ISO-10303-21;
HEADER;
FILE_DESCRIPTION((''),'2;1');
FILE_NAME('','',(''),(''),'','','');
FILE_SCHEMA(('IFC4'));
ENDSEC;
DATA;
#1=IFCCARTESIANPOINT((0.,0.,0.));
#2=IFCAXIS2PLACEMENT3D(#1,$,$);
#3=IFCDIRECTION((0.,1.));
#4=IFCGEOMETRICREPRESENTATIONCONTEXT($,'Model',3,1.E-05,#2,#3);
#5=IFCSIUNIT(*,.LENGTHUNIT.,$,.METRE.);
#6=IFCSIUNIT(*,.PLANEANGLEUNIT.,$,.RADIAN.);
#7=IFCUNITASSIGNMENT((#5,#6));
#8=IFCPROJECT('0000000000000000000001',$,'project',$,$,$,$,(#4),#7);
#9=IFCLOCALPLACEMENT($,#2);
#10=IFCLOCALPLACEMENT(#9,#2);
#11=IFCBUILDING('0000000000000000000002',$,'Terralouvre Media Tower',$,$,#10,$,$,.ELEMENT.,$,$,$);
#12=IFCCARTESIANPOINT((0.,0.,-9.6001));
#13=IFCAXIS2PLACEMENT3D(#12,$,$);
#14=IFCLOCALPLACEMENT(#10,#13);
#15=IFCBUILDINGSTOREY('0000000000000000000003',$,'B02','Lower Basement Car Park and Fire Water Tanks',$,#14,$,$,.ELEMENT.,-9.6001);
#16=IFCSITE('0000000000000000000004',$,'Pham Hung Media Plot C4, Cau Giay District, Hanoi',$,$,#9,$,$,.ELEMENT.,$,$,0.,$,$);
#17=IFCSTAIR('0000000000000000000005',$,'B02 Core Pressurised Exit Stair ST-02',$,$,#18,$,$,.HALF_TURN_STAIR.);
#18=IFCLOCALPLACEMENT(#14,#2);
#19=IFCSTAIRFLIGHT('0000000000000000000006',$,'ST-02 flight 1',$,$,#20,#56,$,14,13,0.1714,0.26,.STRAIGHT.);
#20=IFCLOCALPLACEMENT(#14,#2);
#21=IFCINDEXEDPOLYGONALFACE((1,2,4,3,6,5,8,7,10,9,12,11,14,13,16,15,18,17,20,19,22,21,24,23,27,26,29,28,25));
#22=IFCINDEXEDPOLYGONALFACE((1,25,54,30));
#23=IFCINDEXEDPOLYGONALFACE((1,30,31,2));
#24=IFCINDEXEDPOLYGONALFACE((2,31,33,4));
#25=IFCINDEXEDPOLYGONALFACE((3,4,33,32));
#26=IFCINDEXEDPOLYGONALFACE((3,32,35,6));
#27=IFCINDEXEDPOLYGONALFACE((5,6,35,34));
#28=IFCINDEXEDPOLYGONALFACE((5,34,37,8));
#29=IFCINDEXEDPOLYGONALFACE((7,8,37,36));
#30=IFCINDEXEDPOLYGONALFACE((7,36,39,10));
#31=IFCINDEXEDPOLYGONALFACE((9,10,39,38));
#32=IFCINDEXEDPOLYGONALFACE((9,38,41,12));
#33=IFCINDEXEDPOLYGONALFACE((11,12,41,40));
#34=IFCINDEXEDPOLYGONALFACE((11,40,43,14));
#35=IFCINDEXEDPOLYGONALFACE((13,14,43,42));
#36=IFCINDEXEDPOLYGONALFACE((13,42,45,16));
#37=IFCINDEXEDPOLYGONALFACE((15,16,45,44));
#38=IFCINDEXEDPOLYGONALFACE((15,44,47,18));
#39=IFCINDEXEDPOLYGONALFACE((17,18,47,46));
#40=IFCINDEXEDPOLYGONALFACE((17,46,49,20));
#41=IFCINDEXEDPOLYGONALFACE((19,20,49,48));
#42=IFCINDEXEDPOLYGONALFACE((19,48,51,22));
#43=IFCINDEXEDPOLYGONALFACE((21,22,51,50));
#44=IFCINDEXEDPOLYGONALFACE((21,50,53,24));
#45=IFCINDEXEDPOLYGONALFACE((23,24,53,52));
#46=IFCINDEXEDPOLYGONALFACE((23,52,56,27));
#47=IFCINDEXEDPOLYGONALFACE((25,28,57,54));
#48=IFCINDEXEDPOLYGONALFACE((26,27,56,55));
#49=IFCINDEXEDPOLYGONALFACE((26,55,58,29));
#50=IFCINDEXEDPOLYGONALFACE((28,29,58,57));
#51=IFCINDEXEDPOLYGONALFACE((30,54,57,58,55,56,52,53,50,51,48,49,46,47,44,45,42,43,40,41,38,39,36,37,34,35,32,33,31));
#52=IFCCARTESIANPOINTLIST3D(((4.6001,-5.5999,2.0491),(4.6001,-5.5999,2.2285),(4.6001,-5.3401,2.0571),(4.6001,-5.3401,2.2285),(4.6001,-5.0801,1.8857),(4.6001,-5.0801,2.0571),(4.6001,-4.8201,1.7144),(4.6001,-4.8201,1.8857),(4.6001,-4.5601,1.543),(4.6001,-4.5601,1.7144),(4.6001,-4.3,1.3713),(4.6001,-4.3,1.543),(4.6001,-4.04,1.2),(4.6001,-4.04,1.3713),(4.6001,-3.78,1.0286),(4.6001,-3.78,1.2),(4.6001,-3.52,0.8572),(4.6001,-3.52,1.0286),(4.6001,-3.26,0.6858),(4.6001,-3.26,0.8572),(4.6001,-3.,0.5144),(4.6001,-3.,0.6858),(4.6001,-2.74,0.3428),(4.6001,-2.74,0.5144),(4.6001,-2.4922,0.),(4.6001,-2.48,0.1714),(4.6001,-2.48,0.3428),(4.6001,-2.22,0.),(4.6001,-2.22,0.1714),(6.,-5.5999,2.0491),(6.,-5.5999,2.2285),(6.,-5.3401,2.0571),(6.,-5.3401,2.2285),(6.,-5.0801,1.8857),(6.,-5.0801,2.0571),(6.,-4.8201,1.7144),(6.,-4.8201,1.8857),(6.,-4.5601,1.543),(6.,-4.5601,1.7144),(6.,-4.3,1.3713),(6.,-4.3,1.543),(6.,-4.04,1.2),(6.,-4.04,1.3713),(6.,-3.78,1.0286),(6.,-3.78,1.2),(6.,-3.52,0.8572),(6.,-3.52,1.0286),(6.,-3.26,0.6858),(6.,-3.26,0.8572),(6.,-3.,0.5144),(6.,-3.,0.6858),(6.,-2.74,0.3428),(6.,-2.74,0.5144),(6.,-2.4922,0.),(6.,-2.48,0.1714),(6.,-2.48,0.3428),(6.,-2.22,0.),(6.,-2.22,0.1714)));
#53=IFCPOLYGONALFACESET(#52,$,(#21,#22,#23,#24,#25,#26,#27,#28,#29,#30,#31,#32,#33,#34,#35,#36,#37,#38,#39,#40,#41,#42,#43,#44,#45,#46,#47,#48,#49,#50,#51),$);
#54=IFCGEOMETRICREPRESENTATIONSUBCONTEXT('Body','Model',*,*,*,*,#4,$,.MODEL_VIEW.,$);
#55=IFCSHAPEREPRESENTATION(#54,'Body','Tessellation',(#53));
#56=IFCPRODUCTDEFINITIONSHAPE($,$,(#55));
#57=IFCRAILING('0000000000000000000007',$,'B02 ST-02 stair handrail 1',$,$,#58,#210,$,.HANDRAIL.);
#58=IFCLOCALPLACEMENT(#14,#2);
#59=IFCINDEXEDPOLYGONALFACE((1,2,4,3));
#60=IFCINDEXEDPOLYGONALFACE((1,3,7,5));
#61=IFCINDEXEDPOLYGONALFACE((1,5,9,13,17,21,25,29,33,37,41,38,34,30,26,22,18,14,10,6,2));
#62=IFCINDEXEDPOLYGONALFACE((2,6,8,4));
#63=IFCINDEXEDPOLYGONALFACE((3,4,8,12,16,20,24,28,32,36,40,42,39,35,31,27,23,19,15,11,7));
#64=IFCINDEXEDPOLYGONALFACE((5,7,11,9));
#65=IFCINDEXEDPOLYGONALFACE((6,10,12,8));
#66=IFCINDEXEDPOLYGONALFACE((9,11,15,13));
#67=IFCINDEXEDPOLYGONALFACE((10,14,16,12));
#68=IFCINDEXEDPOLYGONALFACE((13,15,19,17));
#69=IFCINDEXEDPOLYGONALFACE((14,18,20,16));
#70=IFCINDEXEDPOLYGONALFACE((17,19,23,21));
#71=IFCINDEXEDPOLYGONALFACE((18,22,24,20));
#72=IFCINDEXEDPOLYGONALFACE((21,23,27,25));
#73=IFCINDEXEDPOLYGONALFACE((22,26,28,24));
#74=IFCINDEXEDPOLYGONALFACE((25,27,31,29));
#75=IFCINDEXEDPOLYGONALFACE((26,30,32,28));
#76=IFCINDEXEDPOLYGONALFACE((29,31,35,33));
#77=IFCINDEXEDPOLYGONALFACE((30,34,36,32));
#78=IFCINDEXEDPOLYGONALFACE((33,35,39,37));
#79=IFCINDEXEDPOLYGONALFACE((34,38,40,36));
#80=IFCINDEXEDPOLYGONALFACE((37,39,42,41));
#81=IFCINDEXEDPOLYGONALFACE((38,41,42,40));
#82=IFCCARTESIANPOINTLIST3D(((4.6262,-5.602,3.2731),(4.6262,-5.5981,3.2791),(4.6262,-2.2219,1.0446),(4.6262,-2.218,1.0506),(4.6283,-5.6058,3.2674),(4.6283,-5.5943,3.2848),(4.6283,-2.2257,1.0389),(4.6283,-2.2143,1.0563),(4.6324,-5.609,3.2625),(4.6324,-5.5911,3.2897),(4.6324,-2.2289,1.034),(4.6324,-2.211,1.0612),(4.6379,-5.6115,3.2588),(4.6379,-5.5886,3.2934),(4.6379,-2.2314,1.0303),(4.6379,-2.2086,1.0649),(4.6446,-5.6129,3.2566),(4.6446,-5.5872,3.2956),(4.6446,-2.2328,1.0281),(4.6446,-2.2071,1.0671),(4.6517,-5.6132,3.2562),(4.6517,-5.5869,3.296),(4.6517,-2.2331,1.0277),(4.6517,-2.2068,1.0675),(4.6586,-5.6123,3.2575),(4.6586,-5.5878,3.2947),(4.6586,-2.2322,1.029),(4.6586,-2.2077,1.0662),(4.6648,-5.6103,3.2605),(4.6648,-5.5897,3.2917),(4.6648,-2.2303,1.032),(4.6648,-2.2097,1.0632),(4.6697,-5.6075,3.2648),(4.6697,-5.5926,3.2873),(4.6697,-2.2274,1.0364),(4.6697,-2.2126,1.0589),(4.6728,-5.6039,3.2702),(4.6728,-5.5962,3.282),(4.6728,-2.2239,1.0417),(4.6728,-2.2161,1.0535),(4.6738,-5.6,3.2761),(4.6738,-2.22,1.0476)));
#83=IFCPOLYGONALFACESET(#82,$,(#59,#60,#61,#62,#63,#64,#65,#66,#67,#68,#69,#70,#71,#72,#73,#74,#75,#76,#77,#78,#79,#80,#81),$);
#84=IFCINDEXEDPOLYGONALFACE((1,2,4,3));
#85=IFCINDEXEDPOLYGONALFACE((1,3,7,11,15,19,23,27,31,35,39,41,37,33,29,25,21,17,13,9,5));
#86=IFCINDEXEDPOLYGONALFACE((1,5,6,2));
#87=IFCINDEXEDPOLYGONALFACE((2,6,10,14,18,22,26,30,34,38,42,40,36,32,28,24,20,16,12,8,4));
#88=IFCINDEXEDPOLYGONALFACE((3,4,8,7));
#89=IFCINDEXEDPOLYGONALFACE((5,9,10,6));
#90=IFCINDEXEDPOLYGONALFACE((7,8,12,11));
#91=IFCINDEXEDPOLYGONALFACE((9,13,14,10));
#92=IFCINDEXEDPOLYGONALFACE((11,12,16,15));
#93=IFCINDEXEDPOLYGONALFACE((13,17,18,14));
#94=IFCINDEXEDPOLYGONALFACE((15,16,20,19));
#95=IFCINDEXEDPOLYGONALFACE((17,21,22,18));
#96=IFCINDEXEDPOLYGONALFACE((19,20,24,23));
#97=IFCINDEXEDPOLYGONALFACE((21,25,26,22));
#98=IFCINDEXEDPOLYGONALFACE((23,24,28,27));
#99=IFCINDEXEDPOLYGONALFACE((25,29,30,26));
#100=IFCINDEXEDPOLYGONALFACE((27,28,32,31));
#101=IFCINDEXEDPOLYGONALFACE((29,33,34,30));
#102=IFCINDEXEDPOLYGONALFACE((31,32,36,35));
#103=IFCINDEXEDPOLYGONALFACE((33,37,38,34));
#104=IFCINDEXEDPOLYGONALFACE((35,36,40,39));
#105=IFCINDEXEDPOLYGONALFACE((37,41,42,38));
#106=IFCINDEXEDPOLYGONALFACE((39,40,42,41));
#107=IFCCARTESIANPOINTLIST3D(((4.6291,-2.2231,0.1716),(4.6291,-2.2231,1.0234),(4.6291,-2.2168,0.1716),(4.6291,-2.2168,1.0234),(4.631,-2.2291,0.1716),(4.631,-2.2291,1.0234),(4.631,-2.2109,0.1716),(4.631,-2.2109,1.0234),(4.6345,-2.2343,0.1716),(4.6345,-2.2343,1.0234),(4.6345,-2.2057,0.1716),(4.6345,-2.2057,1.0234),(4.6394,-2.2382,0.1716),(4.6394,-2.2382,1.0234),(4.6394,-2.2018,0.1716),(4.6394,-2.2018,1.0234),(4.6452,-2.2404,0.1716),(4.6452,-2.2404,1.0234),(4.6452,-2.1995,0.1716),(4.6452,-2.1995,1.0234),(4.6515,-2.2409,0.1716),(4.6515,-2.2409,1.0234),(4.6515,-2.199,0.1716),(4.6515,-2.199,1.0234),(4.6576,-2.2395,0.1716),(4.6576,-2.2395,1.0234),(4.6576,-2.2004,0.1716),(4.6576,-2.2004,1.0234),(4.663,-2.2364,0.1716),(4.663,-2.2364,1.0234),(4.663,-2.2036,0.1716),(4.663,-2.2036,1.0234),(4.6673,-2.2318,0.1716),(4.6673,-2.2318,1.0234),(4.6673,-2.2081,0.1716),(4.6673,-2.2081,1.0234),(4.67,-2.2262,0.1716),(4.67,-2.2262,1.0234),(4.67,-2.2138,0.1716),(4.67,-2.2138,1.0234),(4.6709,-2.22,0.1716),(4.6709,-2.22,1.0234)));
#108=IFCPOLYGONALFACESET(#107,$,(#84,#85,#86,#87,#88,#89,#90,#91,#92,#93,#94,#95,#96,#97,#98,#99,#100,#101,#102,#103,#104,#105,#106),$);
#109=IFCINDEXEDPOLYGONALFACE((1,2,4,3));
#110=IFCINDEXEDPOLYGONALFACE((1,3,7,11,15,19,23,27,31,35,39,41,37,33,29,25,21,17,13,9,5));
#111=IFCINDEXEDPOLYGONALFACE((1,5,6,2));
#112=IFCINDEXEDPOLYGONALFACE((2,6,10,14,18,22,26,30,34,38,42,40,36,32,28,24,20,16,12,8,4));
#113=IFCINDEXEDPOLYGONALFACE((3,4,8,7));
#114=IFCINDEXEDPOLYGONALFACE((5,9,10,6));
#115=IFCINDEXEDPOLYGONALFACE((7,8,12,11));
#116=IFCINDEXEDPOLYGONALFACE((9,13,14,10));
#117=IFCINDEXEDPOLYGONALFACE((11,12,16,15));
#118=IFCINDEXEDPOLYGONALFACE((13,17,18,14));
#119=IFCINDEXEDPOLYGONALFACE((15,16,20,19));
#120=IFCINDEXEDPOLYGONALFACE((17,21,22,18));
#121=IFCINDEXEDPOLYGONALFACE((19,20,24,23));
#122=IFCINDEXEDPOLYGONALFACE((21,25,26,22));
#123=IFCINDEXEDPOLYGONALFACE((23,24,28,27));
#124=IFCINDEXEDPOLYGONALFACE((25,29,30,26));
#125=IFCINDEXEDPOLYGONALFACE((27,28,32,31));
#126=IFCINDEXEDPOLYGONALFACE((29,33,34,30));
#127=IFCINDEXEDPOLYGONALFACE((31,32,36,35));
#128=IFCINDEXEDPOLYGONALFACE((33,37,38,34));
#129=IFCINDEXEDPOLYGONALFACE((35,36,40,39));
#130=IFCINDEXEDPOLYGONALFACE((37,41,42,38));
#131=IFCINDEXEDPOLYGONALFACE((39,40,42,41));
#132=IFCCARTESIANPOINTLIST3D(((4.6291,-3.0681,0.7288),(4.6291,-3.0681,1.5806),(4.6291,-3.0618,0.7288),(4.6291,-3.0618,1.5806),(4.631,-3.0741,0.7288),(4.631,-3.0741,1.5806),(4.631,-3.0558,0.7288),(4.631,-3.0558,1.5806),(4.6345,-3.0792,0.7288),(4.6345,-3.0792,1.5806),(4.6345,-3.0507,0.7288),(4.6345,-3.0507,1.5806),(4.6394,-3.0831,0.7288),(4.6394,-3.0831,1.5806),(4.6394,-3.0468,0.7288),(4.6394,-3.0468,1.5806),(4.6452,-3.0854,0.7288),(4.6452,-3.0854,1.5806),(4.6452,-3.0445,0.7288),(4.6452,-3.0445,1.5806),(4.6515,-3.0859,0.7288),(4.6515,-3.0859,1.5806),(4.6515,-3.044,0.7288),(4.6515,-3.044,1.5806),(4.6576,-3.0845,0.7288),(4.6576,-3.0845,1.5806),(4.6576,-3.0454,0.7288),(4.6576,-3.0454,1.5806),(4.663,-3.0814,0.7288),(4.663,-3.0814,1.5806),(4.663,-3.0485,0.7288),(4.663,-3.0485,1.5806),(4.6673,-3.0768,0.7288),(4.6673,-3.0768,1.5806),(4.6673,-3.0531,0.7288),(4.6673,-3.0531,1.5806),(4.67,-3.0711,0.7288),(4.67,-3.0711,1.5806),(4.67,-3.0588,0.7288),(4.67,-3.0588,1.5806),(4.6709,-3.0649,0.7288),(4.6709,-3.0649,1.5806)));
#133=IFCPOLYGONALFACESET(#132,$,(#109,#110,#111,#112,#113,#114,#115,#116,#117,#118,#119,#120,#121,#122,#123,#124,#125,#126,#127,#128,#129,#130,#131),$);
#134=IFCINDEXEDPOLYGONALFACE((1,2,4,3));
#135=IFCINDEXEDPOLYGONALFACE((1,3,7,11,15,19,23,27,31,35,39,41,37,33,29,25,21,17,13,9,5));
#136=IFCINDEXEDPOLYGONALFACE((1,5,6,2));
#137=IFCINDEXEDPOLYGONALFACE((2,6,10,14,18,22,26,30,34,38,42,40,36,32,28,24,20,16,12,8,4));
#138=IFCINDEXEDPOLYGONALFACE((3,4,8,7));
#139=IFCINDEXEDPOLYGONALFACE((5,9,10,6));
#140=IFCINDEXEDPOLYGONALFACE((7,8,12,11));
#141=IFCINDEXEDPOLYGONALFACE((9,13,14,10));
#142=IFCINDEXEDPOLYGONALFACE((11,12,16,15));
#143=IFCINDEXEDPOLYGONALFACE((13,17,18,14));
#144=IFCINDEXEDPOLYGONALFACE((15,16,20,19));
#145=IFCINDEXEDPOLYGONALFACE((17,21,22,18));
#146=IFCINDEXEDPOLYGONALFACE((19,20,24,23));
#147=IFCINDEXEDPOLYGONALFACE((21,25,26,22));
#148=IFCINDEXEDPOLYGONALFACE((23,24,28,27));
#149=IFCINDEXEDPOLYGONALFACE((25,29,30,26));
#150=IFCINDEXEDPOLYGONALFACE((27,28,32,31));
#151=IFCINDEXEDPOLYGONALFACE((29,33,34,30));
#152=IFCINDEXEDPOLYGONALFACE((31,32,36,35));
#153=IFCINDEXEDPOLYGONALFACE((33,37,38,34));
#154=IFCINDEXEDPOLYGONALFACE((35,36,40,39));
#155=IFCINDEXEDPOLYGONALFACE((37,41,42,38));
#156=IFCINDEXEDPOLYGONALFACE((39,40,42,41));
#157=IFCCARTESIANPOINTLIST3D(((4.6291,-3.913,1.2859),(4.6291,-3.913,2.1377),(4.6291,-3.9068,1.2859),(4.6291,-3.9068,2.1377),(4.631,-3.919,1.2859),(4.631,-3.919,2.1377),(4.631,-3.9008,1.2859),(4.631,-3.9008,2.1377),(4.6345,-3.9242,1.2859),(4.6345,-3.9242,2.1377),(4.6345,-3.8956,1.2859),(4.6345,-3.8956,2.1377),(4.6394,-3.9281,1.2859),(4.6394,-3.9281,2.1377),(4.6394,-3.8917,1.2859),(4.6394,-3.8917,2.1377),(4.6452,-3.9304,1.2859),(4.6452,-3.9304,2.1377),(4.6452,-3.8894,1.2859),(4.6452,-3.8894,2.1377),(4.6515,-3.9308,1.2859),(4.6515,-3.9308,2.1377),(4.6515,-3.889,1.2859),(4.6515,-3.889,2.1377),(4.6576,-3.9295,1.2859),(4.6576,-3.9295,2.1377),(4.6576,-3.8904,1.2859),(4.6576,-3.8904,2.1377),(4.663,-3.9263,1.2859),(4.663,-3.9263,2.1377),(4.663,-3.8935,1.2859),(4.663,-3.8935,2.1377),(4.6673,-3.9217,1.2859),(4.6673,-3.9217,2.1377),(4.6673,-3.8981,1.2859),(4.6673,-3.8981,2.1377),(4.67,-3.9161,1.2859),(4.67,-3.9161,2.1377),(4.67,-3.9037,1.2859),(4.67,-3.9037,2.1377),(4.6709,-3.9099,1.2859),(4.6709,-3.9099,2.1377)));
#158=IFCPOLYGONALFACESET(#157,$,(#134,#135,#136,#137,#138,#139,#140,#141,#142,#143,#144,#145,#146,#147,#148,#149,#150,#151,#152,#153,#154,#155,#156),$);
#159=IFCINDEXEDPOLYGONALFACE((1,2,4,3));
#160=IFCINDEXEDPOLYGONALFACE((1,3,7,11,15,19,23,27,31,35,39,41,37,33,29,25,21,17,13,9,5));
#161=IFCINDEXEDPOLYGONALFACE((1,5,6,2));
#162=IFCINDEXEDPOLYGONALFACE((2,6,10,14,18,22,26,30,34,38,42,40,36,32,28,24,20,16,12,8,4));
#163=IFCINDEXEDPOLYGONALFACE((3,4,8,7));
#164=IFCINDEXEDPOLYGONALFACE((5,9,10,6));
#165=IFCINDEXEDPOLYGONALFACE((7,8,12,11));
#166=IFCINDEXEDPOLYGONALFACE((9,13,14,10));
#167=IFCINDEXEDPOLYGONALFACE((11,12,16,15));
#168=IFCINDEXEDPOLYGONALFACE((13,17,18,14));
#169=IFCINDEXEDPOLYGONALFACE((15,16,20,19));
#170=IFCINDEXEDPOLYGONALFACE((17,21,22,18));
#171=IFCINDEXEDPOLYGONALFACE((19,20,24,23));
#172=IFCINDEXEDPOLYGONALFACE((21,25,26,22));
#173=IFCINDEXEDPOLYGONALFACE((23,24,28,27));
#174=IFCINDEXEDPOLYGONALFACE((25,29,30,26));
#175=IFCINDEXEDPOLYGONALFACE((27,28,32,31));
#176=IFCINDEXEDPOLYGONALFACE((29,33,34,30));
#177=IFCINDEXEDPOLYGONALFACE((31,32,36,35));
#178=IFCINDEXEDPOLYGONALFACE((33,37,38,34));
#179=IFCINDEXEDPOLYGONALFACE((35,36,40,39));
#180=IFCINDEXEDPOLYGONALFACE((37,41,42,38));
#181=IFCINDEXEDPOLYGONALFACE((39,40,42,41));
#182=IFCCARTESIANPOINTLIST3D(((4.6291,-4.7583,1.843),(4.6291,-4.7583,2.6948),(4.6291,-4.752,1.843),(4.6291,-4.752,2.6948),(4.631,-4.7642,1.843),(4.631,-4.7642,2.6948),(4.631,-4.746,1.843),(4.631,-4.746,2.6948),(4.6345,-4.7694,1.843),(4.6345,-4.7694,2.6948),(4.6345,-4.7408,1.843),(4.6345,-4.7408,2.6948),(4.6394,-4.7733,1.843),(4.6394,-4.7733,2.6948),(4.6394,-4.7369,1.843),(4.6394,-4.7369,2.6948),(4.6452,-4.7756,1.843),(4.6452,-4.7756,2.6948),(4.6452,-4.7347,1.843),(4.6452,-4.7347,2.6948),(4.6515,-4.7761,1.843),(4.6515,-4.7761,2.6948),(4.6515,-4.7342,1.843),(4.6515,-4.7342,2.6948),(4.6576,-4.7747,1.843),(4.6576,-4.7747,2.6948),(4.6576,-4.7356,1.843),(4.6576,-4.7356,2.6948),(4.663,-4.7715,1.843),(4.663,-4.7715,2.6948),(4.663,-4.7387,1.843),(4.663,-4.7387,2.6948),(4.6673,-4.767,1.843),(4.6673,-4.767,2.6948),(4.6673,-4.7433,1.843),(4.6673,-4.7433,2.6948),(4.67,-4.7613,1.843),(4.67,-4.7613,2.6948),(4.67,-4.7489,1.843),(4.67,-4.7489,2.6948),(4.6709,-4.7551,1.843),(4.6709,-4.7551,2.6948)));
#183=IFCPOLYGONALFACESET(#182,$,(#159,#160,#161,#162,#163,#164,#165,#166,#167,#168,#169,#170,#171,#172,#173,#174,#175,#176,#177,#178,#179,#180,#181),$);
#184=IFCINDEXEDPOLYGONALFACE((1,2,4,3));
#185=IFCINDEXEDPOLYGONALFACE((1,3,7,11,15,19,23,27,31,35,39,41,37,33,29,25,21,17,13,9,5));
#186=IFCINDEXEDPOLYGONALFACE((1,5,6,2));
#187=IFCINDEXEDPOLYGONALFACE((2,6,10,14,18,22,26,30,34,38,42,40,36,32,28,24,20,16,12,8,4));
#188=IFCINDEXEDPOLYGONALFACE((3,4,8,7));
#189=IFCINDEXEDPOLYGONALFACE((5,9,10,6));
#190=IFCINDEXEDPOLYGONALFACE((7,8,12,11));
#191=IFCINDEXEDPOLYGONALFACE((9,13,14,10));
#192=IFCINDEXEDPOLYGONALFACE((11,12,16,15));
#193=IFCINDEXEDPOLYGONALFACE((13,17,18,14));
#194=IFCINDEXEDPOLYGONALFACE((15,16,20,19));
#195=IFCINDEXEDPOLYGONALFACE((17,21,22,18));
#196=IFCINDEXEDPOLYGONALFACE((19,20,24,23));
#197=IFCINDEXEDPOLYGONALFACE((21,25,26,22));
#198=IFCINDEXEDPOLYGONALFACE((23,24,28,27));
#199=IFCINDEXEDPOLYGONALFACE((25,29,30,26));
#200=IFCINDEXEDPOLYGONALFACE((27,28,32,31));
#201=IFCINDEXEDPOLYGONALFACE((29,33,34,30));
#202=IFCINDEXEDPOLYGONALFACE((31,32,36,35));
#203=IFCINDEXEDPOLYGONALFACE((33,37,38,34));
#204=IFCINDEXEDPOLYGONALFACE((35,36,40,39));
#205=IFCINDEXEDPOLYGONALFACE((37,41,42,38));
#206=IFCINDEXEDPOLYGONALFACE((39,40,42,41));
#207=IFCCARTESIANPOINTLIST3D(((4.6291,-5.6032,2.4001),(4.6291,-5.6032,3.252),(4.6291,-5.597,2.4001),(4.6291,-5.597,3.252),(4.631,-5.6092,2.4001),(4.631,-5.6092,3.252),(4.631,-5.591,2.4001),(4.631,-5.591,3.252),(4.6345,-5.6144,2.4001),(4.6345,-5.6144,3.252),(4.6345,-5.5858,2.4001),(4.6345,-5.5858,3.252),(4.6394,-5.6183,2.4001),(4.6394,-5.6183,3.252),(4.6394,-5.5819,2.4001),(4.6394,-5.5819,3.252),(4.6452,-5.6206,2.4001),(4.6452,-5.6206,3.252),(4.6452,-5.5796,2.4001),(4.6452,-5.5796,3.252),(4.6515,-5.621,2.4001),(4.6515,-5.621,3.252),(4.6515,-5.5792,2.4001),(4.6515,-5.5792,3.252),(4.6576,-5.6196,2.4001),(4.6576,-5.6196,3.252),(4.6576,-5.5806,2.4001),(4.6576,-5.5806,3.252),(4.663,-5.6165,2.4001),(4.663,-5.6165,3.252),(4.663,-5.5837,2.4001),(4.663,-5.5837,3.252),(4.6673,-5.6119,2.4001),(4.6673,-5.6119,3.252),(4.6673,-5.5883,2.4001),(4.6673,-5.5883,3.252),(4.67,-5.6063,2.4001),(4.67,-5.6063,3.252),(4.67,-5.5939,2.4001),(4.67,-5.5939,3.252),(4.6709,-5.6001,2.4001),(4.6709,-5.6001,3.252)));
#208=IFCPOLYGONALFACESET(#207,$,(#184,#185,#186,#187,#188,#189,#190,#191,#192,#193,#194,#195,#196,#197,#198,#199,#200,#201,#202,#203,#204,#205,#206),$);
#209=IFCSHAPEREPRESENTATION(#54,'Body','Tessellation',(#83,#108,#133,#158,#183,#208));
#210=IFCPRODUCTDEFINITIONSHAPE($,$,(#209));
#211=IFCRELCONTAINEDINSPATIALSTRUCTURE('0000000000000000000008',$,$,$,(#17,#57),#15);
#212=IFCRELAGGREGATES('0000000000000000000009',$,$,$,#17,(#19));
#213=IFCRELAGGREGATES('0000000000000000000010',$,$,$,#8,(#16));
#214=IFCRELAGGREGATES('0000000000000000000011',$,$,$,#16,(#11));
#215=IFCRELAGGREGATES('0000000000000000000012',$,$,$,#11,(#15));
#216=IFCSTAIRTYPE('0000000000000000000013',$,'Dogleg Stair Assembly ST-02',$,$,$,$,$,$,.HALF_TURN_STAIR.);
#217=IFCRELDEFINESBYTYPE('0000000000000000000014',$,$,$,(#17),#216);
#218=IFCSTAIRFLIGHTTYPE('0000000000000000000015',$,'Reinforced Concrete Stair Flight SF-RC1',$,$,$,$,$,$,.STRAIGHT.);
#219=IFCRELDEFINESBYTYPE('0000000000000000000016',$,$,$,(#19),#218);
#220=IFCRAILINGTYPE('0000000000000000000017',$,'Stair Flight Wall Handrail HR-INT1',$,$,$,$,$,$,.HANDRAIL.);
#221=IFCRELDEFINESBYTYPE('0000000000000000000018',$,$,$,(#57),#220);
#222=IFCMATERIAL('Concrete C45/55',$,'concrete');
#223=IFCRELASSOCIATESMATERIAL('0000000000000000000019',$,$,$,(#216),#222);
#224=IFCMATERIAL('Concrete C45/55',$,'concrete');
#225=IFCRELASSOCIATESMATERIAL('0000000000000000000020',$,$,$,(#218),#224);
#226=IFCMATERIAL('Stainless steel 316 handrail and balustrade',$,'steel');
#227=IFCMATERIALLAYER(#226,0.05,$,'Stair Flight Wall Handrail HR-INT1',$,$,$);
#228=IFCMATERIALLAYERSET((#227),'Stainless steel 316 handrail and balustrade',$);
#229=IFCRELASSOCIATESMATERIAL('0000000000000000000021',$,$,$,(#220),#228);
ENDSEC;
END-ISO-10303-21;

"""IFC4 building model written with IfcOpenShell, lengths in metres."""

from ifc_helpers import new_model, si_unit, direction, frame, origin, origin_2d, place, context, subcontext, project, spatial, polyline, circle, outline, extrude, material, layer, layer_set, type_object, element, aggregate, save


model = new_model("IFC4")

# Units and contexts
model_context = context("Model", 3, precision=1e-05, world=origin(), true_north=direction((0.0, 1.0)))
body_context = subcontext(model_context, "Body", "Model", "MODEL_VIEW")
ifc_project = project(units=[si_unit("LENGTHUNIT", "METRE"), si_unit("PLANEANGLEUNIT", "RADIAN")], contexts=[model_context])

# Site, building, storey
site_placement = place(None, origin())
site = spatial("IfcSite", under=ifc_project, at=site_placement, Name="Pham Hung Media Plot C4, Cau Giay District, Hanoi", CompositionType="ELEMENT", RefElevation=0.0)
building_placement = place(site_placement, origin())
building = spatial("IfcBuilding", under=site, at=building_placement, Name="Terralouvre Media Tower", CompositionType="ELEMENT")
storey_placement = place(building_placement, frame((0.0, 0.0, -9.6001)))
storey = spatial("IfcBuildingStorey", under=building, at=storey_placement, Name="B02", Description="Lower Basement Car Park and Fire Water Tanks", CompositionType="ELEMENT", Elevation=-9.6001)

# Stair
ifc_material_1 = material(Name="Concrete C45/55", Category="concrete")
stair_type_1 = type_object("IfcStairType", Name="Dogleg Stair Assembly ST-02", PredefinedType="HALF_TURN_STAIR", material=ifc_material_1)
stair_1_placement = place(storey_placement, origin())
stair_1 = element("IfcStair", 1, at=stair_1_placement, inside=storey, type_object=stair_type_1, Name="B02 Core Pressurised Exit Stair ST-02", PredefinedType="HALF_TURN_STAIR")

# Stair flight
ifc_material_2 = material(Name="Concrete C45/55", Category="concrete")
stair_flight_type = type_object("IfcStairFlightType", Name="Reinforced Concrete Stair Flight SF-RC1", PredefinedType="STRAIGHT", material=ifc_material_2)
stair_flight_placement = place(storey_placement, frame((5.3, -2.22, 0.0), z_axis=(0.0, 0.0, 1.0), x_axis=(0.0, -1.0, 0.0)))
stair_flight = element("IfcStairFlight", 2, at=stair_flight_placement, type_object=stair_flight_type, Name="ST-02 flight 1", NumberOfRisers=14, NumberOfTreads=13, PredefinedType="STRAIGHT", RiserHeight=0.1714, TreadLength=0.26, context=body_context, shape_type="SweptSolid", body=[
    extrude(outline(polyline([(0.0, 0.0), (0.0, 0.1714), (0.26, 0.1714), (0.26, 0.3428), (0.52, 0.3428), (0.52, 0.5144), (0.78, 0.5144), (0.78, 0.6858), (1.04, 0.6858), (1.04, 0.8572), (1.3, 0.8572), (1.3, 1.0286), (1.5601, 1.0286), (1.5601, 1.2), (1.8201, 1.2), (1.8201, 1.3713), (2.0801, 1.3713), (2.0801, 1.543), (2.3401, 1.543), (2.3401, 1.7144), (2.6001, 1.7144), (2.6001, 1.8857), (2.8601, 1.8857), (2.8601, 2.0571), (3.1201, 2.0571), (3.1201, 2.2285), (3.3799, 2.2285), (3.3799, 2.3999), (3.3799, 2.0491), (0.2722, 0.0), (0.0, 0.0)])), frame((0.0, 0.7, 0.0), z_axis=(0.0, -1.0, 0.0), x_axis=(1.0, 0.0, 0.0)), (0.0, 0.0, 1.0), 1.3999),
])
aggregate(stair_1, [stair_flight])

# Railing
ifc_material_3 = material(Name="Stainless steel 316 handrail and balustrade", Category="steel")
ifc_layer_1 = layer(ifc_material_3, 0.05, Name="Stair Flight Wall Handrail HR-INT1")
ifc_layer_set_1 = layer_set([ifc_layer_1], Name="Stainless steel 316 handrail and balustrade")
railing_type_1 = type_object("IfcRailingType", Name="Stair Flight Wall Handrail HR-INT1", PredefinedType="HANDRAIL", material=ifc_layer_set_1)
railing_1_placement = place(storey_placement, frame((4.6499, -2.22, 0.1716)))
element("IfcRailing", 3, at=railing_1_placement, inside=storey, type_object=railing_type_1, Name="B02 ST-02 stair handrail 1", PredefinedType="HANDRAIL", context=body_context, shape_type="SweptSolid", body=[
    extrude(circle(Radius=0.0239, at=origin_2d()), frame((0.0, 0.0, 0.876), z_axis=(0.0, -0.834878, 0.550435), x_axis=(1.0, 0.0, 0.0)), (0.0, 0.0, 1.0), 4.0486),
    extrude(circle(Radius=0.021, at=origin_2d()), origin(), (0.0, 0.0, 1.0), 0.8518),
    extrude(circle(Radius=0.021, at=origin_2d()), frame((0.0, -0.845, 0.5571)), (0.0, 0.0, 1.0), 0.8518),
    extrude(circle(Radius=0.021, at=origin_2d()), frame((0.0, -1.6899, 1.1143)), (0.0, 0.0, 1.0), 0.8518),
    extrude(circle(Radius=0.021, at=origin_2d()), frame((0.0, -2.5352, 1.6714)), (0.0, 0.0, 1.0), 0.8518),
    extrude(circle(Radius=0.021, at=origin_2d()), frame((0.0, -3.3801, 2.2285)), (0.0, 0.0, 1.0), 0.8518),
])

save(model, "model.ifc")
